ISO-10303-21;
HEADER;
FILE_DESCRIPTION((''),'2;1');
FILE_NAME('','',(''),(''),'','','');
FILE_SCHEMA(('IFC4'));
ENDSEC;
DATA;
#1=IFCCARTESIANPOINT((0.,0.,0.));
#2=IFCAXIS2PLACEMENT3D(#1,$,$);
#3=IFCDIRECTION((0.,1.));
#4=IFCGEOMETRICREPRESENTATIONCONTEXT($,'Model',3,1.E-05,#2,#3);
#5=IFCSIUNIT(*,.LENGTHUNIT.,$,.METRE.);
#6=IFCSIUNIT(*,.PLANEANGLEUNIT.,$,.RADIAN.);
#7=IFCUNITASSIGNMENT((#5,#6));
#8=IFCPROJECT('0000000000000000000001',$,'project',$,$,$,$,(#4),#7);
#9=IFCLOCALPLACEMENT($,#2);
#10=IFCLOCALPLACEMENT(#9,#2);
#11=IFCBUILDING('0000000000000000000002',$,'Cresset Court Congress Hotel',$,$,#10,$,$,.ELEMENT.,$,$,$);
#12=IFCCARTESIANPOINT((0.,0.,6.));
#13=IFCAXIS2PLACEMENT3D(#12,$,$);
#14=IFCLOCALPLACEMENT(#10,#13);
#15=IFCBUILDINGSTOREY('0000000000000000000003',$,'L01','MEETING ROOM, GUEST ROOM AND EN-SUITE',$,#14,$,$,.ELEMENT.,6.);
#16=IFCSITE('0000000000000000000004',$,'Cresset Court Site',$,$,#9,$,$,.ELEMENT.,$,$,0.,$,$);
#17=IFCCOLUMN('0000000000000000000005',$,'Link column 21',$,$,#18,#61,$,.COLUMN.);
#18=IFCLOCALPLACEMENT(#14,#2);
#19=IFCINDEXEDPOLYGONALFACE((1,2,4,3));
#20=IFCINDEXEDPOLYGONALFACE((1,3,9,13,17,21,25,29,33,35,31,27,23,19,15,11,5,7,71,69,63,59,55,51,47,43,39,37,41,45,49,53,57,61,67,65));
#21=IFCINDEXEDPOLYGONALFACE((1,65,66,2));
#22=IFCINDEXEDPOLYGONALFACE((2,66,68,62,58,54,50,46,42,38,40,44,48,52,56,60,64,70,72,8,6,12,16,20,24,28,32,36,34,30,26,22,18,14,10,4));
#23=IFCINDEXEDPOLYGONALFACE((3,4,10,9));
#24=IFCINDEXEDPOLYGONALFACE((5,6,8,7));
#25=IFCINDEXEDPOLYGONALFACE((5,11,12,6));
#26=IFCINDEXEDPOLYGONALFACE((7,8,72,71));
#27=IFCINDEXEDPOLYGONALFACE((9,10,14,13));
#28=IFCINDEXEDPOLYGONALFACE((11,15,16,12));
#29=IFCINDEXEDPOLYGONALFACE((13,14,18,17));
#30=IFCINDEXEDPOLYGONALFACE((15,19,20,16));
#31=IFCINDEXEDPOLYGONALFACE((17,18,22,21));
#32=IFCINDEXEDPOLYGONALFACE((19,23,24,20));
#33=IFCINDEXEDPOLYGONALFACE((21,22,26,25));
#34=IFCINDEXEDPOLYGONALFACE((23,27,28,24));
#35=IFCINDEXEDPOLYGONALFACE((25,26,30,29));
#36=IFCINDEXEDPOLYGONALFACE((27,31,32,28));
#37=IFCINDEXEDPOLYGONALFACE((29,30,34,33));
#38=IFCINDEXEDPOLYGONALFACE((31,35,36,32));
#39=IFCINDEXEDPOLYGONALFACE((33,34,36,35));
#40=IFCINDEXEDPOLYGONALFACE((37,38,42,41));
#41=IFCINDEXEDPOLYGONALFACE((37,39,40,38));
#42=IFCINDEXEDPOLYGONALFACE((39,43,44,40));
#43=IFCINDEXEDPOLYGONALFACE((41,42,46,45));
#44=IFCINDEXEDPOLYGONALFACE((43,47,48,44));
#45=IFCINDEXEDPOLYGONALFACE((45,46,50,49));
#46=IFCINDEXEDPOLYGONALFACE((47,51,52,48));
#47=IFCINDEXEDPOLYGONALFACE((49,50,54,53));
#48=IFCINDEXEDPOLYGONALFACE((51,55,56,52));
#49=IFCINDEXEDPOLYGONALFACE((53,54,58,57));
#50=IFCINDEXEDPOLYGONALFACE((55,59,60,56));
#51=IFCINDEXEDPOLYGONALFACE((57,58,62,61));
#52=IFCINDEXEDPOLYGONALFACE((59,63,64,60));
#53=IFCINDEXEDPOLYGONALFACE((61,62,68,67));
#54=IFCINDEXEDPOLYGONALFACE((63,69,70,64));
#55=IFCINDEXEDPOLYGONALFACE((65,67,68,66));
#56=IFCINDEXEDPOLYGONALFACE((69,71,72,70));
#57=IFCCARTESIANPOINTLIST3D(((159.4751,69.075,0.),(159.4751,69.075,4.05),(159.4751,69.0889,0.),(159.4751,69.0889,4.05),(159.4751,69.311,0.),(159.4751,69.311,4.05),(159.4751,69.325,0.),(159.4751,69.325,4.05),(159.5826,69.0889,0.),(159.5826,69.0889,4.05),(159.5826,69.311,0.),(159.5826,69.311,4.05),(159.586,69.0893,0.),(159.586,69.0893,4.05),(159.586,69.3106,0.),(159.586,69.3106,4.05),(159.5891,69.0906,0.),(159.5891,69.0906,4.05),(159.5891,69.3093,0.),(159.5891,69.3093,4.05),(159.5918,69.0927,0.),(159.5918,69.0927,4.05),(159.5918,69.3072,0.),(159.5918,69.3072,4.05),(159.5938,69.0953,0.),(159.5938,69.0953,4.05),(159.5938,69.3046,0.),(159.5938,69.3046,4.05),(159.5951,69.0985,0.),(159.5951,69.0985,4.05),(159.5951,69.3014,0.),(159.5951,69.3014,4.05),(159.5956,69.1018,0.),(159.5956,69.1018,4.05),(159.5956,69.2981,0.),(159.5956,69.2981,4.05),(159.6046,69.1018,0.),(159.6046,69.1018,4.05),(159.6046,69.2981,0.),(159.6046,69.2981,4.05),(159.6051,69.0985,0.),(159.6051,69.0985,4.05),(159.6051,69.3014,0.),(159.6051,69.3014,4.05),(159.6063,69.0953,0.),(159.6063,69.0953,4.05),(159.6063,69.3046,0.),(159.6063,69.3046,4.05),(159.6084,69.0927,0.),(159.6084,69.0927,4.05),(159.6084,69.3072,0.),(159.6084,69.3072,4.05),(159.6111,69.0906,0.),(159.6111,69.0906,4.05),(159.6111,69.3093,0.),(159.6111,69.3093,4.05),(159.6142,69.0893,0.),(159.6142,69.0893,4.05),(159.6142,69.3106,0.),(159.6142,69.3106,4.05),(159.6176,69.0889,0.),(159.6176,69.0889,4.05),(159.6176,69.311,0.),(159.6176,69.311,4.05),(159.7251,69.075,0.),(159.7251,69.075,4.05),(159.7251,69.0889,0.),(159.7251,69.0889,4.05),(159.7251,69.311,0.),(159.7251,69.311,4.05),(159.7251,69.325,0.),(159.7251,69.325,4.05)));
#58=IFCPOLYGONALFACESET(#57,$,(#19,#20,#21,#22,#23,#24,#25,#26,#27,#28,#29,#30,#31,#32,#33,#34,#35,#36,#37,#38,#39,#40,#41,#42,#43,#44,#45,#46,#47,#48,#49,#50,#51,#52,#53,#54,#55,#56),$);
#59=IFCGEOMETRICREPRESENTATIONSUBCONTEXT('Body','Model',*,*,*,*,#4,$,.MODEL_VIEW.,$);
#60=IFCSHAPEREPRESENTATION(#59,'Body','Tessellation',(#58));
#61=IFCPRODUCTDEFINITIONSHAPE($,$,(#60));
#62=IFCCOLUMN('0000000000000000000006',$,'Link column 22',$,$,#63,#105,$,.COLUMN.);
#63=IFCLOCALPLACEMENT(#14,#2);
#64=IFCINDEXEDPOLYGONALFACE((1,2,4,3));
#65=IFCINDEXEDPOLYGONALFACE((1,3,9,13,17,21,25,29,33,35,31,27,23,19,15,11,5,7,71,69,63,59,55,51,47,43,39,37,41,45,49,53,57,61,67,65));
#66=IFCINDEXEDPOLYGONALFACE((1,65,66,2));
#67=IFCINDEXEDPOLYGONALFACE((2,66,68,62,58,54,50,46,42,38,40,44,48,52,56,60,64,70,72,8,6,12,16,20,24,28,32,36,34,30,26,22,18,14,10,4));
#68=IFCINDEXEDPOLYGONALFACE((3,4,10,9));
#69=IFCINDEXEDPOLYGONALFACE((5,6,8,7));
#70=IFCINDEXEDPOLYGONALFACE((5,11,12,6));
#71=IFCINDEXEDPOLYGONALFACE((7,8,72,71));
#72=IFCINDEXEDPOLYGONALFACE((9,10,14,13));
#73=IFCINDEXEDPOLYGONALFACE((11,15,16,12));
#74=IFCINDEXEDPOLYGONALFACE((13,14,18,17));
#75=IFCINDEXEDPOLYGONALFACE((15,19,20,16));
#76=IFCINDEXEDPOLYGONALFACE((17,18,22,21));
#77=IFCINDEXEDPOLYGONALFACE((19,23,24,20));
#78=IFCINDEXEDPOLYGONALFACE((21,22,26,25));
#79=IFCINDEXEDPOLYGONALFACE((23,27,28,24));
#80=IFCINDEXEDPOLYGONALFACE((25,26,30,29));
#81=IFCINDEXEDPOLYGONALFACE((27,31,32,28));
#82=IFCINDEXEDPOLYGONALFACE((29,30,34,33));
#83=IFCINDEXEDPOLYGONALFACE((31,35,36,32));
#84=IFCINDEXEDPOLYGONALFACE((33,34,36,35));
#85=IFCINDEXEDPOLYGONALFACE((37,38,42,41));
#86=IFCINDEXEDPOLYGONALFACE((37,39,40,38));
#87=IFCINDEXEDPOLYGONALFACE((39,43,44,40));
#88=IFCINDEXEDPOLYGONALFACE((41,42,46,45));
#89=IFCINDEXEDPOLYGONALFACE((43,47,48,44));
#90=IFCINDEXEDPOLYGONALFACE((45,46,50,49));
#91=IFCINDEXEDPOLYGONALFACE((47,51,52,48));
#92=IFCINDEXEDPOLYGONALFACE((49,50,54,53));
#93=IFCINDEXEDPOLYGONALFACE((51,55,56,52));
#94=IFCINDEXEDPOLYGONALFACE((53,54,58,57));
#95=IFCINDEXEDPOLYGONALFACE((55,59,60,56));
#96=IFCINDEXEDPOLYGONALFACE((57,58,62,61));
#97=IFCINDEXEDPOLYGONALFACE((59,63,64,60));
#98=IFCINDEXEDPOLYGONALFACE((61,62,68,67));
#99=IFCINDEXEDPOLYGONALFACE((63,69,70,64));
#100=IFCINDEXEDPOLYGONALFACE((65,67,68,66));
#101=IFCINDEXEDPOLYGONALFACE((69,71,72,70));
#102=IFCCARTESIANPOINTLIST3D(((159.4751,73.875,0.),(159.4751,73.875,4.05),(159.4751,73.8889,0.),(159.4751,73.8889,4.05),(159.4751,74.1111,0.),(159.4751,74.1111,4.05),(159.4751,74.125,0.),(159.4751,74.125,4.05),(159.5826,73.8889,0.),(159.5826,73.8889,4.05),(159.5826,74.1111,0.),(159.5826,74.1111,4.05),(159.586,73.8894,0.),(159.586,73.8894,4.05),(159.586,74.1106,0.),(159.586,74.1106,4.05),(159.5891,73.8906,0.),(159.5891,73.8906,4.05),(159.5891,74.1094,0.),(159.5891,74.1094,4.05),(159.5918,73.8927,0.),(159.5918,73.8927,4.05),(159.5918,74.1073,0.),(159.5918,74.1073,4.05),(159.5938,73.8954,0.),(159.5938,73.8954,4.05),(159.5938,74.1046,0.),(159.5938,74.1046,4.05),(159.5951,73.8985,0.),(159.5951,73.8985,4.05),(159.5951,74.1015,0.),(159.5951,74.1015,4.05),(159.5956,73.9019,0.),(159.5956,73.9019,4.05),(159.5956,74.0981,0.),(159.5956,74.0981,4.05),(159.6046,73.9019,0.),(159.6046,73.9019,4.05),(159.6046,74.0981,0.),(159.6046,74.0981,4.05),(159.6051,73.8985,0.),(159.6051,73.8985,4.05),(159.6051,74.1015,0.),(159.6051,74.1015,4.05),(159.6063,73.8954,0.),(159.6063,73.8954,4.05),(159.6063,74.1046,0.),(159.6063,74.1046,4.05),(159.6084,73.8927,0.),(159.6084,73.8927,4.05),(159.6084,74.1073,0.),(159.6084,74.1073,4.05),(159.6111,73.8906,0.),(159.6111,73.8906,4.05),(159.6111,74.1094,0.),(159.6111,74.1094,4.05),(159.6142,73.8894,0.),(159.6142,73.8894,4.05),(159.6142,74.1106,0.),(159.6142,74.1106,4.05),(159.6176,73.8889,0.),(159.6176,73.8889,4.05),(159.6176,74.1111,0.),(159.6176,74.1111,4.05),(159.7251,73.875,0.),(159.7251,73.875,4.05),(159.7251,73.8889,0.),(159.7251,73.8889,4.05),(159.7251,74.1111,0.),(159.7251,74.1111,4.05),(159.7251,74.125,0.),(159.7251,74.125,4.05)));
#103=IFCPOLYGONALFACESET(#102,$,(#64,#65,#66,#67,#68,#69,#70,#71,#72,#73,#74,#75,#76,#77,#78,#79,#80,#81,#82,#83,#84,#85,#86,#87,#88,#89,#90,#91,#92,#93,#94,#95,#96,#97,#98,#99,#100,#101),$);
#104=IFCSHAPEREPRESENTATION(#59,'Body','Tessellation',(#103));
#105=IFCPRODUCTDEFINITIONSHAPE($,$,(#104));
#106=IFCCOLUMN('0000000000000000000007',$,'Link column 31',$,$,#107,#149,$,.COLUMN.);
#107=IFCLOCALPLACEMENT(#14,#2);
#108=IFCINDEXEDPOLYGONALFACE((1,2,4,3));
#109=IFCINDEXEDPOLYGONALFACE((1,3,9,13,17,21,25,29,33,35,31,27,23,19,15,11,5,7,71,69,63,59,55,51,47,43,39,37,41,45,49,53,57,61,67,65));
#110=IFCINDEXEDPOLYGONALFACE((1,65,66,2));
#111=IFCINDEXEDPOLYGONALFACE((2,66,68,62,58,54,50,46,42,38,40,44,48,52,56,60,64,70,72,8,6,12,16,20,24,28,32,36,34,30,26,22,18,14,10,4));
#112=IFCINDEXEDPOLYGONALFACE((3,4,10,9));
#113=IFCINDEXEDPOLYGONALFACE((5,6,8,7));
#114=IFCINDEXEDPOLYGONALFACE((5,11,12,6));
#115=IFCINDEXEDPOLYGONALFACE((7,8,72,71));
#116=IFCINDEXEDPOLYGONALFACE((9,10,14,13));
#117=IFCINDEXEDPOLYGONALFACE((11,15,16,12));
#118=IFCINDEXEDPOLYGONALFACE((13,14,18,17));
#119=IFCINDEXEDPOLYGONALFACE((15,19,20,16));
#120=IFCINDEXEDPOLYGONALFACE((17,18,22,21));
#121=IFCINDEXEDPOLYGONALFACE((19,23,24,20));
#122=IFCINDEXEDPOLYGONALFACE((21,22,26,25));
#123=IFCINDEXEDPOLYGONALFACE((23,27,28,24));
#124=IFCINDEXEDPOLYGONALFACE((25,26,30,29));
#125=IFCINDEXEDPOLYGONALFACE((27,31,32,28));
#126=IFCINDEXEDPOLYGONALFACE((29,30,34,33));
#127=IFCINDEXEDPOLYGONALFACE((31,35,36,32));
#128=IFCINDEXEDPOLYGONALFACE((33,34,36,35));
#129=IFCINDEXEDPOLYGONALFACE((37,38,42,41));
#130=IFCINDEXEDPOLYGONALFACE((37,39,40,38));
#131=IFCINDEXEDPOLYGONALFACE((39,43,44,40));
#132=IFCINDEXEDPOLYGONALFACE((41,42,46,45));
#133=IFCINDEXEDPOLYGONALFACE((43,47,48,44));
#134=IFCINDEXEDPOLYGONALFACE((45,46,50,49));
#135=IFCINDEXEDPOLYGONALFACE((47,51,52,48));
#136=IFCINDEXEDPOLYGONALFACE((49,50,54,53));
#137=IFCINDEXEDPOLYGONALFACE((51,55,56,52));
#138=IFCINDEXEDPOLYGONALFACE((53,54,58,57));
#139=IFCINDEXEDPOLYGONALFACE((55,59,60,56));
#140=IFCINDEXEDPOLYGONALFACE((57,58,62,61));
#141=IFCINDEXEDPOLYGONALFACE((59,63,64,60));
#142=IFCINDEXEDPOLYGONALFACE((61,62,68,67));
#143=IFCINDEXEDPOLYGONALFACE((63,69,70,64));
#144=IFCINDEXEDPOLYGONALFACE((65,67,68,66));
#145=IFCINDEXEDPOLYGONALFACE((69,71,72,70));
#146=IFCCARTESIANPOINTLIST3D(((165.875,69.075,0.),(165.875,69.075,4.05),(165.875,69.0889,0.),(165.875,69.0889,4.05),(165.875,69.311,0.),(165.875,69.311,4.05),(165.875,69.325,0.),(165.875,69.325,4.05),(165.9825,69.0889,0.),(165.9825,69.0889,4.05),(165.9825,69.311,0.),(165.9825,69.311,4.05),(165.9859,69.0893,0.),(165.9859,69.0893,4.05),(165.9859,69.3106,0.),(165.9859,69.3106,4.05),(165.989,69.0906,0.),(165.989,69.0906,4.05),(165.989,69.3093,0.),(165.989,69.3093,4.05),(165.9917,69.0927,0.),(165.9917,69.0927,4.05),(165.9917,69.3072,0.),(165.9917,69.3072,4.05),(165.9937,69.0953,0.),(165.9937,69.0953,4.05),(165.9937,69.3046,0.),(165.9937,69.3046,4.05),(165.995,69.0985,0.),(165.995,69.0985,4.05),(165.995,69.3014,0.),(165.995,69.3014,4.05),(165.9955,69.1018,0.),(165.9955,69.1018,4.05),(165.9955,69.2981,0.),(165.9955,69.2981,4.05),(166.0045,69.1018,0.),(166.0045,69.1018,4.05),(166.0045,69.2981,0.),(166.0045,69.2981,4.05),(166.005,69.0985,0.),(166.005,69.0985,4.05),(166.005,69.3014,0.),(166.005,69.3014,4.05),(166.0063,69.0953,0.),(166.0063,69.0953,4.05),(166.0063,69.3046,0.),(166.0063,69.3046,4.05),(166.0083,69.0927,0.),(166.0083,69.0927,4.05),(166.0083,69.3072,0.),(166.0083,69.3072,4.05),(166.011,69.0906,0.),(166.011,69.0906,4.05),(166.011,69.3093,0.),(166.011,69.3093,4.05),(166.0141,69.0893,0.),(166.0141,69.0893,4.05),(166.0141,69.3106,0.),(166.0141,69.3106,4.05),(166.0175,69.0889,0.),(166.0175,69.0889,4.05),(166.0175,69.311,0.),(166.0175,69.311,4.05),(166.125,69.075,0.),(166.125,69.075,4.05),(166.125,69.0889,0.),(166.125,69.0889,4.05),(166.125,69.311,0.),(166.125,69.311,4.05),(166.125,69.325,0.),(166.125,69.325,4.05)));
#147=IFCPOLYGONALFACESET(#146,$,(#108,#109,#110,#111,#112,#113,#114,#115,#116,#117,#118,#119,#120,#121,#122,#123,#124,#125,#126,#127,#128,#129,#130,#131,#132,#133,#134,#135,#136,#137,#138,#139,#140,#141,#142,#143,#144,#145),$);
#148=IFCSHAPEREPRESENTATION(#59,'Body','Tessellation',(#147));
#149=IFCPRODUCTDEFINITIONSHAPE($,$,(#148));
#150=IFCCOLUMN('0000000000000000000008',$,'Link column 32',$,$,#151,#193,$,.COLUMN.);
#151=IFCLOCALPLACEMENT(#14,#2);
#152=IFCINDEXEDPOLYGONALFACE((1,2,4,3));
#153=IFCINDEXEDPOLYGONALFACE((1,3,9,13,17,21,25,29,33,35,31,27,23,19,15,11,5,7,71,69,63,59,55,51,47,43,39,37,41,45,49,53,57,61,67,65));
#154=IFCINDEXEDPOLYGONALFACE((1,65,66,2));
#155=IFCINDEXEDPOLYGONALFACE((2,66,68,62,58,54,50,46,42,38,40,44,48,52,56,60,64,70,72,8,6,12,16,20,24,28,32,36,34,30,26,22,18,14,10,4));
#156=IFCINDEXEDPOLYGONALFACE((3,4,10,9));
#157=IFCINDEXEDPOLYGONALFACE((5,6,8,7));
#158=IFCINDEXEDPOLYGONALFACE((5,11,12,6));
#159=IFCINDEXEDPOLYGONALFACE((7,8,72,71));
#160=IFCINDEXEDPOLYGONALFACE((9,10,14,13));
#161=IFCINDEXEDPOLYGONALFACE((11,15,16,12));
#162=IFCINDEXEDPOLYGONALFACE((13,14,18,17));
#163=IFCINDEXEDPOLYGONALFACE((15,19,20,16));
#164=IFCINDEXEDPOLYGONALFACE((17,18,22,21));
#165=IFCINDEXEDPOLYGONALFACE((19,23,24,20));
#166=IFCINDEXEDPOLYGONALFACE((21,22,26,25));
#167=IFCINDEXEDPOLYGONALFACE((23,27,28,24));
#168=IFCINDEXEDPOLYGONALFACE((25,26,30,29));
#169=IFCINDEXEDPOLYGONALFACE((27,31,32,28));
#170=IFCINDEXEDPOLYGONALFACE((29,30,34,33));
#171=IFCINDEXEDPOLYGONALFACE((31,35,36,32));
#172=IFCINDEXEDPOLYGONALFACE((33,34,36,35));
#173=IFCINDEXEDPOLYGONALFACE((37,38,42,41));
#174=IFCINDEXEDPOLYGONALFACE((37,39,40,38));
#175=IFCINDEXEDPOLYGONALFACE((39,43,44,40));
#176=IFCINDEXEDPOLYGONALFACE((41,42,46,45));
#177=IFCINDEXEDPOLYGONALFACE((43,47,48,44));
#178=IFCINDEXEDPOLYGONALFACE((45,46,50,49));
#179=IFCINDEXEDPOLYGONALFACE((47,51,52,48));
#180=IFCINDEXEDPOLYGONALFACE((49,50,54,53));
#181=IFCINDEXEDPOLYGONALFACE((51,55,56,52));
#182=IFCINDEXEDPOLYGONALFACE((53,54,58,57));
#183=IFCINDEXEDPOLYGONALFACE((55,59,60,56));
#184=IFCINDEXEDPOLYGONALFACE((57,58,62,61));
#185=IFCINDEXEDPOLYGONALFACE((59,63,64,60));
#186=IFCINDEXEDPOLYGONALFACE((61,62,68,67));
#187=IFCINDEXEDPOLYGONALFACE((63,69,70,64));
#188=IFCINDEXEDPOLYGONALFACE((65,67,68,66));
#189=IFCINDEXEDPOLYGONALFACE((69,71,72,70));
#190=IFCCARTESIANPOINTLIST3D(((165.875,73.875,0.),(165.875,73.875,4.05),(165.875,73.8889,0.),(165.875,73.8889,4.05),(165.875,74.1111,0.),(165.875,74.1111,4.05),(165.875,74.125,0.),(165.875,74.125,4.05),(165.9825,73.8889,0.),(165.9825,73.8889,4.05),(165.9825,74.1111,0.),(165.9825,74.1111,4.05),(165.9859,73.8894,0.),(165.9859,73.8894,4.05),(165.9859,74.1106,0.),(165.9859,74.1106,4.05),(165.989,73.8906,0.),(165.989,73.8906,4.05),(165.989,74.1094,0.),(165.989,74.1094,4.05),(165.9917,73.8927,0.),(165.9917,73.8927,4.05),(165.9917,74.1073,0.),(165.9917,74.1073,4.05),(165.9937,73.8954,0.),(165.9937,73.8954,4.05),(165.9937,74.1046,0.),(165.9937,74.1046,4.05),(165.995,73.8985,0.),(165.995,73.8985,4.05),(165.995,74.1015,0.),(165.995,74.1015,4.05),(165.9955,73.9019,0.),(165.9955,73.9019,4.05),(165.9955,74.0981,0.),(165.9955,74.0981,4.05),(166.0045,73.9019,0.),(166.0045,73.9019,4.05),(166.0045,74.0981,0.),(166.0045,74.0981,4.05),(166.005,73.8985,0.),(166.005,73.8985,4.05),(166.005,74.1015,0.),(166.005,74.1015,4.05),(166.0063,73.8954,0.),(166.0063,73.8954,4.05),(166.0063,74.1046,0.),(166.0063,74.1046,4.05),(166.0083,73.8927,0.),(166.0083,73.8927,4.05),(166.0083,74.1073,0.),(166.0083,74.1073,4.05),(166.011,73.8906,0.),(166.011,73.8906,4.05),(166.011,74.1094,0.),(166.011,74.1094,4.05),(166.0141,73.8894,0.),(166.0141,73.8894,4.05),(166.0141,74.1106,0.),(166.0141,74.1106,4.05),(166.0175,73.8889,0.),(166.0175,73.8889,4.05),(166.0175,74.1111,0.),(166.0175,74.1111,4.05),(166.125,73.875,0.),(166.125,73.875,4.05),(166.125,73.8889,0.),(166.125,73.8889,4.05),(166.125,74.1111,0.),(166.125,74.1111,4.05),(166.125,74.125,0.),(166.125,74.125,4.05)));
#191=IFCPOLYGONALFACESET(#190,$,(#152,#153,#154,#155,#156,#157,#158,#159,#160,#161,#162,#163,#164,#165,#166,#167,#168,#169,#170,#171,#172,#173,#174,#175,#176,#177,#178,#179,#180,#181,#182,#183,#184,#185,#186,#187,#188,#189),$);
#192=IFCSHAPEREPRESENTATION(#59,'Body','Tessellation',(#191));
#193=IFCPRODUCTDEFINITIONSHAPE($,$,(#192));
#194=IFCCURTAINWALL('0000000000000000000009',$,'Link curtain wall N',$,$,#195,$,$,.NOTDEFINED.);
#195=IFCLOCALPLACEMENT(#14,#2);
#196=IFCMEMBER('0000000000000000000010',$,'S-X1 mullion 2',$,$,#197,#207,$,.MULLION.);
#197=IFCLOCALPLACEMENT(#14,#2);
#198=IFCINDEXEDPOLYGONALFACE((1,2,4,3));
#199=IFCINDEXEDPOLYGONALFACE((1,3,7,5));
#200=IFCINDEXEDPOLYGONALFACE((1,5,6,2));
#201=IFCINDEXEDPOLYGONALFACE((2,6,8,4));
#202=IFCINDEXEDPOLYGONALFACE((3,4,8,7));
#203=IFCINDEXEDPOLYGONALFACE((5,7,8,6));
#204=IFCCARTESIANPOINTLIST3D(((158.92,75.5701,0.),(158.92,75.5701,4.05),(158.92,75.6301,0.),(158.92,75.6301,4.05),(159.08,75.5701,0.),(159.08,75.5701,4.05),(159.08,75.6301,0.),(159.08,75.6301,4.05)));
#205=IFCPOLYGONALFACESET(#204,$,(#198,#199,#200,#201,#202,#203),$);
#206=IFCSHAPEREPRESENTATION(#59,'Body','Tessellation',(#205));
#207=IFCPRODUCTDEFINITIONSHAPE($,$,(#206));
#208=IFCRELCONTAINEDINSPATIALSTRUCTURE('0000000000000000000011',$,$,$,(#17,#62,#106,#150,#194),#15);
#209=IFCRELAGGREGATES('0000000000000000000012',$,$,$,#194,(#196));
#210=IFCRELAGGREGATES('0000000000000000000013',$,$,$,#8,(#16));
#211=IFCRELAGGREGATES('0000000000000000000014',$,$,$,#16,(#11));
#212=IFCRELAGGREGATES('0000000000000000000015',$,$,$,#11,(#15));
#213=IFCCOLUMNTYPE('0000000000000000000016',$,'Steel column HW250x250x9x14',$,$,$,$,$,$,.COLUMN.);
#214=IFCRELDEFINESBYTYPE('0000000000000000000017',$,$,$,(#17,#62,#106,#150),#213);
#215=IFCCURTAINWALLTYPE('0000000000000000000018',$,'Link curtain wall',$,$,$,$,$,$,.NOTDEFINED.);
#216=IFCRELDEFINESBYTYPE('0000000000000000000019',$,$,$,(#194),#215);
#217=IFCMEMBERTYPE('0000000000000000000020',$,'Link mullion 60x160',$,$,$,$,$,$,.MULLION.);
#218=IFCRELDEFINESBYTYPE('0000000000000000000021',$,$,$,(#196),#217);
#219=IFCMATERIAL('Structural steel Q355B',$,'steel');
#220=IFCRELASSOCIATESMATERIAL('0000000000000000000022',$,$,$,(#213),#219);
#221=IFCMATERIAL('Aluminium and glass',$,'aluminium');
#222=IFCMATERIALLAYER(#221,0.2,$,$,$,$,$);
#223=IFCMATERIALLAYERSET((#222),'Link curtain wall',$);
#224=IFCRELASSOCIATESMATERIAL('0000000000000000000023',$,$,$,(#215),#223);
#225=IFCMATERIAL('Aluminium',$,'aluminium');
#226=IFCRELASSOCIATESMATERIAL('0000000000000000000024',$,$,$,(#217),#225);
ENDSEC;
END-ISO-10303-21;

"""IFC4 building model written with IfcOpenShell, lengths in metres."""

from ifc_helpers import new_model, si_unit, direction, frame, origin, origin_2d, place, context, subcontext, project, spatial, rectangle, i_section, extrude, material, layer, layer_set, material_profile, profile_set, type_object, element, aggregate, save


model = new_model("IFC4")

# Units and contexts
model_context = context("Model", 3, precision=1e-05, world=origin(), true_north=direction((0.0, 1.0)))
body_context = subcontext(model_context, "Body", "Model", "MODEL_VIEW")
ifc_project = project(units=[si_unit("LENGTHUNIT", "METRE"), si_unit("PLANEANGLEUNIT", "RADIAN")], contexts=[model_context])

# Site, building, storey
site_placement = place(None, origin())
site = spatial("IfcSite", under=ifc_project, at=site_placement, Name="Cresset Court Site", CompositionType="ELEMENT", RefElevation=0.0)
building_placement = place(site_placement, origin())
building = spatial("IfcBuilding", under=site, at=building_placement, Name="Cresset Court Congress Hotel", CompositionType="ELEMENT")
storey_placement = place(building_placement, frame((0.0, 0.0, 6.0)))
storey = spatial("IfcBuildingStorey", under=building, at=storey_placement, Name="L01", Description="MEETING ROOM, GUEST ROOM AND EN-SUITE", CompositionType="ELEMENT", Elevation=6.0)

# Columns
ifc_material_1 = material(Name="Structural steel Q355B", Category="steel")
ifc_material_profile_1 = material_profile(ifc_material_1, i_section(OverallWidth=0.25, OverallDepth=0.25, WebThickness=0.009, FlangeThickness=0.0139, FilletRadius=0.0129, at=origin_2d()), Name="HW250x250x9x14")
ifc_profile_set_1 = profile_set([ifc_material_profile_1], Name="Structural steel Q355B")
column_type = type_object("IfcColumnType", Name="Steel column HW250x250x9x14", PredefinedType="COLUMN", material=ifc_profile_set_1)
for number, where, z_axis, x_axis, name in (
    (1, (159.6001, 69.2, 0.0), (0.0, 0.0, 1.0), (1.0, 0.0, 0.0), "Link column 21"),
    (2, (159.6001, 74.0, 0.0), (0.0, 0.0, 1.0), (1.0, 0.0, 0.0), "Link column 22"),
    (3, (166.0, 69.2, 0.0), (0.0, 0.0, 1.0), (1.0, 0.0, 0.0), "Link column 31"),
    (4, (166.0, 74.0, 0.0), (0.0, 0.0, 1.0), (1.0, 0.0, 0.0), "Link column 32"),
):
    element("IfcColumn", number, at=place(storey_placement, frame(where, z_axis=z_axis, x_axis=x_axis)), inside=storey, type_object=column_type, Name=name, PredefinedType="COLUMN", context=body_context, shape_type="SweptSolid", body=[
        extrude(i_section(OverallWidth=0.25, OverallDepth=0.25, WebThickness=0.009, FlangeThickness=0.0139, FilletRadius=0.0129, at=origin_2d()), origin(), (0.0, 0.0, 1.0), 4.05),
    ])

# Curtain wall, member
ifc_material_2 = material(Name="Aluminium and glass", Category="aluminium")
ifc_layer_1 = layer(ifc_material_2, 0.2)
ifc_layer_set_1 = layer_set([ifc_layer_1], Name="Link curtain wall")
curtain_wall_type = type_object("IfcCurtainWallType", Name="Link curtain wall", PredefinedType="NOTDEFINED", material=ifc_layer_set_1)
curtain_wall_placement = place(storey_placement, origin())
curtain_wall = element("IfcCurtainWall", 5, at=curtain_wall_placement, inside=storey, type_object=curtain_wall_type, Name="Link curtain wall N", PredefinedType="NOTDEFINED")
ifc_material_3 = material(Name="Aluminium", Category="aluminium")
ifc_material_profile_2 = material_profile(ifc_material_3, rectangle(XDim=0.0601, YDim=0.1599, at=origin_2d()), Name="Mullion 60x160")
ifc_profile_set_2 = profile_set([ifc_material_profile_2], Name="Aluminium")
member_type_1 = type_object("IfcMemberType", Name="Link mullion 60x160", PredefinedType="MULLION", material=ifc_profile_set_2)
member_1_placement = place(storey_placement, frame((159.0, 75.6001, 0.0), z_axis=(0.0, 0.0, 1.0), x_axis=(0.0, 1.0, 0.0)))
member_1 = element("IfcMember", 6, at=member_1_placement, type_object=member_type_1, Name="S-X1 mullion 2", PredefinedType="MULLION", context=body_context, shape_type="SweptSolid", body=[
    extrude(rectangle(XDim=0.0601, YDim=0.1599, at=origin_2d()), origin(), (0.0, 0.0, 1.0), 4.05),
])

aggregate(curtain_wall, [member_1])

save(model, "model.ifc")
